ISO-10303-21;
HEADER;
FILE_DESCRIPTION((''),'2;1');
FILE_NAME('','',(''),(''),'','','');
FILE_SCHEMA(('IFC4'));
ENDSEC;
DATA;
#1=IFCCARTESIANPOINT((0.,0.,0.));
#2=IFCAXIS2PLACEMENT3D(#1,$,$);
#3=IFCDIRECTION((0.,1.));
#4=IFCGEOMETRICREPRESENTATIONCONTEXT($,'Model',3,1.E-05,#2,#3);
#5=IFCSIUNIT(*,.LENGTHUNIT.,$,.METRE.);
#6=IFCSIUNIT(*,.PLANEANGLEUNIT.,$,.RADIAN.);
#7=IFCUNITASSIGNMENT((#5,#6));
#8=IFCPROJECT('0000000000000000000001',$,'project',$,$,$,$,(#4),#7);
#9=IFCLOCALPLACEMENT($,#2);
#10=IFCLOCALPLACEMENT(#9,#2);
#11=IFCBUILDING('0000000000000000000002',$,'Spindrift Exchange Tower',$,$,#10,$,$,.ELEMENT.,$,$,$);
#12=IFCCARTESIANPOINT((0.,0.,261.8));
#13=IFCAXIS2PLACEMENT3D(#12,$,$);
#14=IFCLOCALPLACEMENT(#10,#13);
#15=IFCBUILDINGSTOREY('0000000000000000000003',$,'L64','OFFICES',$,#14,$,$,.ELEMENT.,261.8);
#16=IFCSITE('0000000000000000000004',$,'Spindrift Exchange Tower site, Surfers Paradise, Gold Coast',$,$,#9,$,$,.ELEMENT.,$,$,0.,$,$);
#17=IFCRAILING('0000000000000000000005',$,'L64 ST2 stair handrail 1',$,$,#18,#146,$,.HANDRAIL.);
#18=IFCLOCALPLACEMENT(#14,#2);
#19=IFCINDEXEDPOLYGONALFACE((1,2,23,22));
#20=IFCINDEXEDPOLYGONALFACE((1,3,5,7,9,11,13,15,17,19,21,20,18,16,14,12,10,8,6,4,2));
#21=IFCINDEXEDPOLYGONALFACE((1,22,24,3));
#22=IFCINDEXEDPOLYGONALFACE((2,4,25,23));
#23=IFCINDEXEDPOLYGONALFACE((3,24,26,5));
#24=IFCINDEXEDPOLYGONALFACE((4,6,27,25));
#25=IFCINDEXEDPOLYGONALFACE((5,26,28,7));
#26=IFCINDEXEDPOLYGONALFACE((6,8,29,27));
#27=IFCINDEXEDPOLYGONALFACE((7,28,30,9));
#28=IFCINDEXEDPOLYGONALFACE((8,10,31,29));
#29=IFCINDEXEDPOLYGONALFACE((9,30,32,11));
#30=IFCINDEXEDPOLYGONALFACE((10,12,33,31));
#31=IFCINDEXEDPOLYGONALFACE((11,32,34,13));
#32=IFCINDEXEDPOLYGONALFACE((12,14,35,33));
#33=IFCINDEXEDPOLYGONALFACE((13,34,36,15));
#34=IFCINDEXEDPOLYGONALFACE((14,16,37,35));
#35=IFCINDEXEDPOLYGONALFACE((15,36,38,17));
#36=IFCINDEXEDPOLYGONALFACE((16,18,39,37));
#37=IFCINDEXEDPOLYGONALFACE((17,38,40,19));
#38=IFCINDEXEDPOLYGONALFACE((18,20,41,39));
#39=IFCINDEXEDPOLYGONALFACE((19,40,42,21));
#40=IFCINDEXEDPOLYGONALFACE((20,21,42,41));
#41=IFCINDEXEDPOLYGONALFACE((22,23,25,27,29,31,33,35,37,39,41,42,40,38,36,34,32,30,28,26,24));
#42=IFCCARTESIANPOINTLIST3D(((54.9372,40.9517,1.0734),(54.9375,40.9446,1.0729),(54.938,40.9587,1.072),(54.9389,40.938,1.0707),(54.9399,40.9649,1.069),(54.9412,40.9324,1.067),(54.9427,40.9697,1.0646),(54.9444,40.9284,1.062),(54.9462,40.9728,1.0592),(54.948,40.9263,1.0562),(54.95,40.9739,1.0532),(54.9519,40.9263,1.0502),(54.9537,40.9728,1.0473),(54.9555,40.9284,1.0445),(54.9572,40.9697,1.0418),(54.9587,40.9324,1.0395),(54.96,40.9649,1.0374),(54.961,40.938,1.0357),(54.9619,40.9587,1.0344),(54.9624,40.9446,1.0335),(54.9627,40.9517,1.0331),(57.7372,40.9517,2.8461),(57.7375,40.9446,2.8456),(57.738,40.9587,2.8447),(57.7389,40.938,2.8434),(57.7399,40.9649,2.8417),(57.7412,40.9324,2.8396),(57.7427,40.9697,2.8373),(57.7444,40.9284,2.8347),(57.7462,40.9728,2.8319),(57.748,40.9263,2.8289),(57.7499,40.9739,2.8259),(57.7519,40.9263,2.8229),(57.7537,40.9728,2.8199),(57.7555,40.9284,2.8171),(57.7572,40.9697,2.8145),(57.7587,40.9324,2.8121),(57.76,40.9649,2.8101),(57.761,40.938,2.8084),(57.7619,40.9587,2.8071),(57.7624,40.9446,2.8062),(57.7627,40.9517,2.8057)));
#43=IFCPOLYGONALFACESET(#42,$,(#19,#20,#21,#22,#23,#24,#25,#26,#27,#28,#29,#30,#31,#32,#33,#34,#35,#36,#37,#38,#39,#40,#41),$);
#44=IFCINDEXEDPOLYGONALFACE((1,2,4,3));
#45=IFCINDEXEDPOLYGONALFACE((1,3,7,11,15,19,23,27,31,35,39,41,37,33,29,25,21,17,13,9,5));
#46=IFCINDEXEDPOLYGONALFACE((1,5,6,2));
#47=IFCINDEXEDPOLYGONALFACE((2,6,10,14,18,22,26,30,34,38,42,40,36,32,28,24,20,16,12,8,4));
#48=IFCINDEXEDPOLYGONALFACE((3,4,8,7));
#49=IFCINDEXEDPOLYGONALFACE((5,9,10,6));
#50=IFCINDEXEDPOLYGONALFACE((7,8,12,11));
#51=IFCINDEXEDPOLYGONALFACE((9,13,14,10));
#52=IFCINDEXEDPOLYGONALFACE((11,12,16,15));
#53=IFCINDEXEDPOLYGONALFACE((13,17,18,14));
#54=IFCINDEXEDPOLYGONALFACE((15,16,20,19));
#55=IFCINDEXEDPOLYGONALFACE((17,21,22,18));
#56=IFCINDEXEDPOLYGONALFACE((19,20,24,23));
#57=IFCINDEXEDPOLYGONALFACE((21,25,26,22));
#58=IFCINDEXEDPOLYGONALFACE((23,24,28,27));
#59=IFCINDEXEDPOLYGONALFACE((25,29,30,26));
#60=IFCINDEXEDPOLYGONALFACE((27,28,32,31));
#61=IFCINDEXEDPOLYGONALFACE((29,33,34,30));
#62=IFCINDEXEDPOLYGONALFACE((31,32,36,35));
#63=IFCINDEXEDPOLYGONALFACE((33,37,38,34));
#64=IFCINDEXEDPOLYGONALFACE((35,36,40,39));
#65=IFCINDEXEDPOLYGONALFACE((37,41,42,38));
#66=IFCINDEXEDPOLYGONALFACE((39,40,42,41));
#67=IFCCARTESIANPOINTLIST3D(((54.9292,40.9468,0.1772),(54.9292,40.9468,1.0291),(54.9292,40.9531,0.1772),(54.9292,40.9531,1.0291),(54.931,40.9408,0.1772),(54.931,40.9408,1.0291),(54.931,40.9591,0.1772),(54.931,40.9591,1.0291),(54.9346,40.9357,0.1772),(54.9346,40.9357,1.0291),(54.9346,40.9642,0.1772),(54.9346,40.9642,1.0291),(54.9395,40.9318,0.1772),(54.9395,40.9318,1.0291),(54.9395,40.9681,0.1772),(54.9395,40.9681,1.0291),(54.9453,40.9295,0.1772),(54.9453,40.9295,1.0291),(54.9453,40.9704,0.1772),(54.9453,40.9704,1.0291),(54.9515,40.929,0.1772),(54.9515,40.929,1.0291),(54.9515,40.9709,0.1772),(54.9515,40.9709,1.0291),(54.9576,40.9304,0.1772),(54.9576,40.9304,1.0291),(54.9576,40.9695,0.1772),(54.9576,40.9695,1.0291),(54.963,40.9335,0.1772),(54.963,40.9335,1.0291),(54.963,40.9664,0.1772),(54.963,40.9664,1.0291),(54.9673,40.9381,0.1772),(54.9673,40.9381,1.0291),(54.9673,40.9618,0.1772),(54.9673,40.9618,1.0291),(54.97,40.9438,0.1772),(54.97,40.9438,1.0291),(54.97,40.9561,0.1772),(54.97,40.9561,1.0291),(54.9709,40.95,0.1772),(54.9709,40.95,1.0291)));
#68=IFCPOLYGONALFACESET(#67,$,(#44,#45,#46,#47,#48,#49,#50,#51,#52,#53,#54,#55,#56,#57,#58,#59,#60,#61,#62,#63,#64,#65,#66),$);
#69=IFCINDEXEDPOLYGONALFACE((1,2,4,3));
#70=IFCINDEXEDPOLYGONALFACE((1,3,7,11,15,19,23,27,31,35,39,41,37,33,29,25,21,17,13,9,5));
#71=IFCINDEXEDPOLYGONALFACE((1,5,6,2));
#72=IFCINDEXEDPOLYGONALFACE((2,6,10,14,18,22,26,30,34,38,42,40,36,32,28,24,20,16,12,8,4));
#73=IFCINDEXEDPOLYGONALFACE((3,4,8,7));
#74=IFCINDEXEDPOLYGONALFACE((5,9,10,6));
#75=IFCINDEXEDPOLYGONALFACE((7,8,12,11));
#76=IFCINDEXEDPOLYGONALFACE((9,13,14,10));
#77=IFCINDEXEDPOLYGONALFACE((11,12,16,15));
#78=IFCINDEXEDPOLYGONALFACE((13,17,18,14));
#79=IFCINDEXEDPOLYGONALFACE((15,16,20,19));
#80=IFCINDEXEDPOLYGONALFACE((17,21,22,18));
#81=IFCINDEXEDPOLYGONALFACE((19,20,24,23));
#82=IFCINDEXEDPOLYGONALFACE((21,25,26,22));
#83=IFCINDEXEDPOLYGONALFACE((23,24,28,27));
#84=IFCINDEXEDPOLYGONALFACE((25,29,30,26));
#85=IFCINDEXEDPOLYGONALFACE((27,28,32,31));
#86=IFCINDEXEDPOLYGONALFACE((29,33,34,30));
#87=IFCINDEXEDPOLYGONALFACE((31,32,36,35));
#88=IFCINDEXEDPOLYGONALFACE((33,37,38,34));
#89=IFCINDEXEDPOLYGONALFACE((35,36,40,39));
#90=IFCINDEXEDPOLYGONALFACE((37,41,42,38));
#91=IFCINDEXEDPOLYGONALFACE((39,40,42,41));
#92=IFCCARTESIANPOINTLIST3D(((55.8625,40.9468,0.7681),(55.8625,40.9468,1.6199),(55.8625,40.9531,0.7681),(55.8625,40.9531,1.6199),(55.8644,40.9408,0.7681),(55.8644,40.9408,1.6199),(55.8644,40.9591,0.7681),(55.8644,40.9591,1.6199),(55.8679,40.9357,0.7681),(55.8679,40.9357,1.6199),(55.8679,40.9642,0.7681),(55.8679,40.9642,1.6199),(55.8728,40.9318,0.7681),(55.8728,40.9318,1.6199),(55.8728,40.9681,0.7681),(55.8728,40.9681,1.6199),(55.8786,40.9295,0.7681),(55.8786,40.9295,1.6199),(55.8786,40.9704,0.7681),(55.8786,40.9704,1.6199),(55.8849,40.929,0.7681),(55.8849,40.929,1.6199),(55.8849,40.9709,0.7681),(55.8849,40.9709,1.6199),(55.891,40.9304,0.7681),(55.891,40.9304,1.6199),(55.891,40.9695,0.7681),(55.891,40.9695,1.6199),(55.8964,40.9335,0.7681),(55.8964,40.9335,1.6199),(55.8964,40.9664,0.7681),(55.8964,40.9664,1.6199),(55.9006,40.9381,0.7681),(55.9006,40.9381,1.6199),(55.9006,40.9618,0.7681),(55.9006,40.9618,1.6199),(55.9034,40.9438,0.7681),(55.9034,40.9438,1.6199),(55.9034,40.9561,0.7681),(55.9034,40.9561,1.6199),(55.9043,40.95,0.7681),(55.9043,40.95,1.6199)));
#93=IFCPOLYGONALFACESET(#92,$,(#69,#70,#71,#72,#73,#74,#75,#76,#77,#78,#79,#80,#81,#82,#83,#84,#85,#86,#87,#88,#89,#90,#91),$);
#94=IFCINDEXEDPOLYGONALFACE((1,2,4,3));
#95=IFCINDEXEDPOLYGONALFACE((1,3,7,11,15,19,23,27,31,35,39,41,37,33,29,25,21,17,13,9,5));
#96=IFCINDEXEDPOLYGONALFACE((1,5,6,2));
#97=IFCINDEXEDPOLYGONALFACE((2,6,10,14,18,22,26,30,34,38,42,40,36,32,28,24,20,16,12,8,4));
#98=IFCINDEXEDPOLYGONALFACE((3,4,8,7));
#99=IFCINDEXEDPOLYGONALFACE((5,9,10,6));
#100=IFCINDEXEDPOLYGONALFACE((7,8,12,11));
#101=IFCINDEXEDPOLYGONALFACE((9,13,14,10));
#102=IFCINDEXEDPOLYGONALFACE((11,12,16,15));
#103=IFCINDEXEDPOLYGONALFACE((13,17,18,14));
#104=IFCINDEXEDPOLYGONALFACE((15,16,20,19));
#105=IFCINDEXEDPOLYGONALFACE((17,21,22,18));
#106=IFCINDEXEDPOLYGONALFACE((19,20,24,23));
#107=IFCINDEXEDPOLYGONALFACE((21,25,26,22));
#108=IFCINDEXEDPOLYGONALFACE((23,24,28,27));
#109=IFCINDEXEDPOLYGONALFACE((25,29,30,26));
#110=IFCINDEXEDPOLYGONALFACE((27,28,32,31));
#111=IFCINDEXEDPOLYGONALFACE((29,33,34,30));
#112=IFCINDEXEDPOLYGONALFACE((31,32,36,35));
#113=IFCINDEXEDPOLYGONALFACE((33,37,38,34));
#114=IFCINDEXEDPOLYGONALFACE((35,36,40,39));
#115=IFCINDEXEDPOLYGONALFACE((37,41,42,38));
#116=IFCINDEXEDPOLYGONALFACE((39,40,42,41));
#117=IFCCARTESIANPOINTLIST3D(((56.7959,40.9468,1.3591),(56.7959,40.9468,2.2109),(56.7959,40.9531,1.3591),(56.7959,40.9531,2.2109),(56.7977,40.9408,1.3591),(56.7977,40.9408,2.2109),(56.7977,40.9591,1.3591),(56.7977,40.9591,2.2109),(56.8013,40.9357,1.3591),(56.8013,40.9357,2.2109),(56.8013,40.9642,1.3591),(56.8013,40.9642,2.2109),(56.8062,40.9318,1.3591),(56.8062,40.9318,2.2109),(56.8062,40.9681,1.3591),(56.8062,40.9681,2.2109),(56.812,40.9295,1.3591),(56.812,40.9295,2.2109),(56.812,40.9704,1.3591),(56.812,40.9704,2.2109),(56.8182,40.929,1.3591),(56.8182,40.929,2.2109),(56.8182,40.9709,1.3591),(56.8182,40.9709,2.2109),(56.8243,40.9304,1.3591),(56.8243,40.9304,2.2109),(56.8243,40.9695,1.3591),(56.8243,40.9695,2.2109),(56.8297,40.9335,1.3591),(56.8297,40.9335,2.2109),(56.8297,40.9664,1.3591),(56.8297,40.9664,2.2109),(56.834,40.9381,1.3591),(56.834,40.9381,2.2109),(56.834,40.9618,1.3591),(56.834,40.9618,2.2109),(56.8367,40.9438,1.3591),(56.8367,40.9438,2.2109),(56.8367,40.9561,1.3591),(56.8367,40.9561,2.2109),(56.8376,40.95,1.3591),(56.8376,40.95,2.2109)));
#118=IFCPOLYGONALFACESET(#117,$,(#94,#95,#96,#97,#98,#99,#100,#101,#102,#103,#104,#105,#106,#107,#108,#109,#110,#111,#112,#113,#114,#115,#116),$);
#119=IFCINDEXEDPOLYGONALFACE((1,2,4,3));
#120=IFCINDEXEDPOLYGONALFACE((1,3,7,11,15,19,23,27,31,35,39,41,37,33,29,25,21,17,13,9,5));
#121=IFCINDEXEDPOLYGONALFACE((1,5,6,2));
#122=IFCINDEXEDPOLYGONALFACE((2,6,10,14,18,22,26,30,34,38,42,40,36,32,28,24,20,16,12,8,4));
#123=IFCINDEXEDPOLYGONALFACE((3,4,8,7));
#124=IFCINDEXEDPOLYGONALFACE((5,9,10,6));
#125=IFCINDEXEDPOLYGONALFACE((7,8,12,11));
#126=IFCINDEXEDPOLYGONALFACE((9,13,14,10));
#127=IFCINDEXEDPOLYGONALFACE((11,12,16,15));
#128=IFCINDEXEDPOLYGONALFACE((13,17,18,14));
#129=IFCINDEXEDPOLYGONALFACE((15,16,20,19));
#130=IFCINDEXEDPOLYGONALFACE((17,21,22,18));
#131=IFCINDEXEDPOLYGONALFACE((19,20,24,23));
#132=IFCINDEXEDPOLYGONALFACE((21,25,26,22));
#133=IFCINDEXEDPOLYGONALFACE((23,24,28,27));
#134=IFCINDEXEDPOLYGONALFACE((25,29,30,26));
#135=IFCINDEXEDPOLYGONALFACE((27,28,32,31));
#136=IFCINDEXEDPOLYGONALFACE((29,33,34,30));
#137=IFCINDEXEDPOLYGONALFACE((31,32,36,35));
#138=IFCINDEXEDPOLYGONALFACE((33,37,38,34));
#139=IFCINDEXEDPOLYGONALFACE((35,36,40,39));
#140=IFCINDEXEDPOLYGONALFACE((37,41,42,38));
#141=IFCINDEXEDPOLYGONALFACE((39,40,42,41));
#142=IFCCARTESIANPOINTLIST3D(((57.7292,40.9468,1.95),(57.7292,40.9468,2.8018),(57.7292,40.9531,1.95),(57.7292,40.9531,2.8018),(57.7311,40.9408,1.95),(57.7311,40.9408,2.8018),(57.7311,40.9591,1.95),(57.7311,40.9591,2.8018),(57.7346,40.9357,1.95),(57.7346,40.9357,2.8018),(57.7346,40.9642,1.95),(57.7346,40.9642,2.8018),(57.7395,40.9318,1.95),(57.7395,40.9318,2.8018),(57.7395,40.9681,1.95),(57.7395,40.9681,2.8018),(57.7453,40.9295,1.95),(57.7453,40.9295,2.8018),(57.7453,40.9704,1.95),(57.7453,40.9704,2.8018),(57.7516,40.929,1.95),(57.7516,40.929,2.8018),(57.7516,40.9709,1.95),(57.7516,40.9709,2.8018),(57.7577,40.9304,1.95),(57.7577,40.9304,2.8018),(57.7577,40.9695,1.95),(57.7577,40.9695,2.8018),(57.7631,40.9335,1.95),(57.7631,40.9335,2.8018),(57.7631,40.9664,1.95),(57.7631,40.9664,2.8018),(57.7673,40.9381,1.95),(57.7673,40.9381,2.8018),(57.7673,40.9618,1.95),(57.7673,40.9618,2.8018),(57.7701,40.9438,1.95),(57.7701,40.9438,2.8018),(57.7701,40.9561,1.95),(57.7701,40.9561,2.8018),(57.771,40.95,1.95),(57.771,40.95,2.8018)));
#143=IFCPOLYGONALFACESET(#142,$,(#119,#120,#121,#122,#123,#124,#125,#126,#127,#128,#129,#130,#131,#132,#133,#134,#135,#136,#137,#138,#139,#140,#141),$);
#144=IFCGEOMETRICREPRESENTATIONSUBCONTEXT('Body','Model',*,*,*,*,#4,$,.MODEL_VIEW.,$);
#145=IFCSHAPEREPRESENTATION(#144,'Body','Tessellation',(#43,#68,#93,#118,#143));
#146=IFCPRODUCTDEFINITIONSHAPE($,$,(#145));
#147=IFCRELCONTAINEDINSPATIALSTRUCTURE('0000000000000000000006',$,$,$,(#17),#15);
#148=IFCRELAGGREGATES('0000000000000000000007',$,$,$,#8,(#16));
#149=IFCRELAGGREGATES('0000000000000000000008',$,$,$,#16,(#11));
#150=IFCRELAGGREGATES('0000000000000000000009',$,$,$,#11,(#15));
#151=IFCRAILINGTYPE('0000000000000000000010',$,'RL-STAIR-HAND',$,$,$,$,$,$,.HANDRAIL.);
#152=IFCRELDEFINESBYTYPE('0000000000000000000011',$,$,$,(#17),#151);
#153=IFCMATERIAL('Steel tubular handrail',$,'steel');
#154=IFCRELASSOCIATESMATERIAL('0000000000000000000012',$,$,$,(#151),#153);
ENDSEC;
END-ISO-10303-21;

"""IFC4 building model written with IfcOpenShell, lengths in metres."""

from ifc_helpers import new_model, si_unit, direction, frame, origin, origin_2d, place, context, subcontext, project, spatial, circle, extrude, material, type_object, element, save


model = new_model("IFC4")

# Units and contexts
model_context = context("Model", 3, precision=1e-05, world=origin(), true_north=direction((0.0, 1.0)))
body_context = subcontext(model_context, "Body", "Model", "MODEL_VIEW")
ifc_project = project(units=[si_unit("LENGTHUNIT", "METRE"), si_unit("PLANEANGLEUNIT", "RADIAN")], contexts=[model_context])

# Site, building, storey
site_placement = place(None, origin())
site = spatial("IfcSite", under=ifc_project, at=site_placement, Name="Spindrift Exchange Tower site, Surfers Paradise, Gold Coast", CompositionType="ELEMENT", RefElevation=0.0)
building_placement = place(site_placement, origin())
building = spatial("IfcBuilding", under=site, at=building_placement, Name="Spindrift Exchange Tower", CompositionType="ELEMENT")
storey_placement = place(building_placement, frame((0.0, 0.0, 261.8)))
storey = spatial("IfcBuildingStorey", under=building, at=storey_placement, Name="L64", Description="OFFICES", CompositionType="ELEMENT", Elevation=261.8)

# Railing
ifc_material_1 = material(Name="Steel tubular handrail", Category="steel")
railing_type_1 = type_object("IfcRailingType", Name="RL-STAIR-HAND", PredefinedType="HANDRAIL", material=ifc_material_1)
railing_1_placement = place(storey_placement, frame((54.95, 40.95, 0.1772)))
element("IfcRailing", 1, at=railing_1_placement, inside=storey, type_object=railing_type_1, Name="L64 ST2 stair handrail 1", PredefinedType="HANDRAIL", context=body_context, shape_type="SweptSolid", body=[
    extrude(circle(Radius=0.0239, at=origin_2d()), frame((0.0, 0.0, 0.876), z_axis=(0.844909, 0.0, 0.53491), x_axis=(0.0, 1.0, 0.0)), (0.0, 0.0, 1.0), 3.314),
    extrude(circle(Radius=0.021, at=origin_2d()), origin(), (0.0, 0.0, 1.0), 0.8518),
    extrude(circle(Radius=0.021, at=origin_2d()), frame((0.9333, 0.0, 0.5908)), (0.0, 0.0, 1.0), 0.8518),
    extrude(circle(Radius=0.021, at=origin_2d()), frame((1.8667, 0.0, 1.1819)), (0.0, 0.0, 1.0), 0.8518),
    extrude(circle(Radius=0.021, at=origin_2d()), frame((2.8, 0.0, 1.7727)), (0.0, 0.0, 1.0), 0.8518),
])

save(model, "model.ifc")
